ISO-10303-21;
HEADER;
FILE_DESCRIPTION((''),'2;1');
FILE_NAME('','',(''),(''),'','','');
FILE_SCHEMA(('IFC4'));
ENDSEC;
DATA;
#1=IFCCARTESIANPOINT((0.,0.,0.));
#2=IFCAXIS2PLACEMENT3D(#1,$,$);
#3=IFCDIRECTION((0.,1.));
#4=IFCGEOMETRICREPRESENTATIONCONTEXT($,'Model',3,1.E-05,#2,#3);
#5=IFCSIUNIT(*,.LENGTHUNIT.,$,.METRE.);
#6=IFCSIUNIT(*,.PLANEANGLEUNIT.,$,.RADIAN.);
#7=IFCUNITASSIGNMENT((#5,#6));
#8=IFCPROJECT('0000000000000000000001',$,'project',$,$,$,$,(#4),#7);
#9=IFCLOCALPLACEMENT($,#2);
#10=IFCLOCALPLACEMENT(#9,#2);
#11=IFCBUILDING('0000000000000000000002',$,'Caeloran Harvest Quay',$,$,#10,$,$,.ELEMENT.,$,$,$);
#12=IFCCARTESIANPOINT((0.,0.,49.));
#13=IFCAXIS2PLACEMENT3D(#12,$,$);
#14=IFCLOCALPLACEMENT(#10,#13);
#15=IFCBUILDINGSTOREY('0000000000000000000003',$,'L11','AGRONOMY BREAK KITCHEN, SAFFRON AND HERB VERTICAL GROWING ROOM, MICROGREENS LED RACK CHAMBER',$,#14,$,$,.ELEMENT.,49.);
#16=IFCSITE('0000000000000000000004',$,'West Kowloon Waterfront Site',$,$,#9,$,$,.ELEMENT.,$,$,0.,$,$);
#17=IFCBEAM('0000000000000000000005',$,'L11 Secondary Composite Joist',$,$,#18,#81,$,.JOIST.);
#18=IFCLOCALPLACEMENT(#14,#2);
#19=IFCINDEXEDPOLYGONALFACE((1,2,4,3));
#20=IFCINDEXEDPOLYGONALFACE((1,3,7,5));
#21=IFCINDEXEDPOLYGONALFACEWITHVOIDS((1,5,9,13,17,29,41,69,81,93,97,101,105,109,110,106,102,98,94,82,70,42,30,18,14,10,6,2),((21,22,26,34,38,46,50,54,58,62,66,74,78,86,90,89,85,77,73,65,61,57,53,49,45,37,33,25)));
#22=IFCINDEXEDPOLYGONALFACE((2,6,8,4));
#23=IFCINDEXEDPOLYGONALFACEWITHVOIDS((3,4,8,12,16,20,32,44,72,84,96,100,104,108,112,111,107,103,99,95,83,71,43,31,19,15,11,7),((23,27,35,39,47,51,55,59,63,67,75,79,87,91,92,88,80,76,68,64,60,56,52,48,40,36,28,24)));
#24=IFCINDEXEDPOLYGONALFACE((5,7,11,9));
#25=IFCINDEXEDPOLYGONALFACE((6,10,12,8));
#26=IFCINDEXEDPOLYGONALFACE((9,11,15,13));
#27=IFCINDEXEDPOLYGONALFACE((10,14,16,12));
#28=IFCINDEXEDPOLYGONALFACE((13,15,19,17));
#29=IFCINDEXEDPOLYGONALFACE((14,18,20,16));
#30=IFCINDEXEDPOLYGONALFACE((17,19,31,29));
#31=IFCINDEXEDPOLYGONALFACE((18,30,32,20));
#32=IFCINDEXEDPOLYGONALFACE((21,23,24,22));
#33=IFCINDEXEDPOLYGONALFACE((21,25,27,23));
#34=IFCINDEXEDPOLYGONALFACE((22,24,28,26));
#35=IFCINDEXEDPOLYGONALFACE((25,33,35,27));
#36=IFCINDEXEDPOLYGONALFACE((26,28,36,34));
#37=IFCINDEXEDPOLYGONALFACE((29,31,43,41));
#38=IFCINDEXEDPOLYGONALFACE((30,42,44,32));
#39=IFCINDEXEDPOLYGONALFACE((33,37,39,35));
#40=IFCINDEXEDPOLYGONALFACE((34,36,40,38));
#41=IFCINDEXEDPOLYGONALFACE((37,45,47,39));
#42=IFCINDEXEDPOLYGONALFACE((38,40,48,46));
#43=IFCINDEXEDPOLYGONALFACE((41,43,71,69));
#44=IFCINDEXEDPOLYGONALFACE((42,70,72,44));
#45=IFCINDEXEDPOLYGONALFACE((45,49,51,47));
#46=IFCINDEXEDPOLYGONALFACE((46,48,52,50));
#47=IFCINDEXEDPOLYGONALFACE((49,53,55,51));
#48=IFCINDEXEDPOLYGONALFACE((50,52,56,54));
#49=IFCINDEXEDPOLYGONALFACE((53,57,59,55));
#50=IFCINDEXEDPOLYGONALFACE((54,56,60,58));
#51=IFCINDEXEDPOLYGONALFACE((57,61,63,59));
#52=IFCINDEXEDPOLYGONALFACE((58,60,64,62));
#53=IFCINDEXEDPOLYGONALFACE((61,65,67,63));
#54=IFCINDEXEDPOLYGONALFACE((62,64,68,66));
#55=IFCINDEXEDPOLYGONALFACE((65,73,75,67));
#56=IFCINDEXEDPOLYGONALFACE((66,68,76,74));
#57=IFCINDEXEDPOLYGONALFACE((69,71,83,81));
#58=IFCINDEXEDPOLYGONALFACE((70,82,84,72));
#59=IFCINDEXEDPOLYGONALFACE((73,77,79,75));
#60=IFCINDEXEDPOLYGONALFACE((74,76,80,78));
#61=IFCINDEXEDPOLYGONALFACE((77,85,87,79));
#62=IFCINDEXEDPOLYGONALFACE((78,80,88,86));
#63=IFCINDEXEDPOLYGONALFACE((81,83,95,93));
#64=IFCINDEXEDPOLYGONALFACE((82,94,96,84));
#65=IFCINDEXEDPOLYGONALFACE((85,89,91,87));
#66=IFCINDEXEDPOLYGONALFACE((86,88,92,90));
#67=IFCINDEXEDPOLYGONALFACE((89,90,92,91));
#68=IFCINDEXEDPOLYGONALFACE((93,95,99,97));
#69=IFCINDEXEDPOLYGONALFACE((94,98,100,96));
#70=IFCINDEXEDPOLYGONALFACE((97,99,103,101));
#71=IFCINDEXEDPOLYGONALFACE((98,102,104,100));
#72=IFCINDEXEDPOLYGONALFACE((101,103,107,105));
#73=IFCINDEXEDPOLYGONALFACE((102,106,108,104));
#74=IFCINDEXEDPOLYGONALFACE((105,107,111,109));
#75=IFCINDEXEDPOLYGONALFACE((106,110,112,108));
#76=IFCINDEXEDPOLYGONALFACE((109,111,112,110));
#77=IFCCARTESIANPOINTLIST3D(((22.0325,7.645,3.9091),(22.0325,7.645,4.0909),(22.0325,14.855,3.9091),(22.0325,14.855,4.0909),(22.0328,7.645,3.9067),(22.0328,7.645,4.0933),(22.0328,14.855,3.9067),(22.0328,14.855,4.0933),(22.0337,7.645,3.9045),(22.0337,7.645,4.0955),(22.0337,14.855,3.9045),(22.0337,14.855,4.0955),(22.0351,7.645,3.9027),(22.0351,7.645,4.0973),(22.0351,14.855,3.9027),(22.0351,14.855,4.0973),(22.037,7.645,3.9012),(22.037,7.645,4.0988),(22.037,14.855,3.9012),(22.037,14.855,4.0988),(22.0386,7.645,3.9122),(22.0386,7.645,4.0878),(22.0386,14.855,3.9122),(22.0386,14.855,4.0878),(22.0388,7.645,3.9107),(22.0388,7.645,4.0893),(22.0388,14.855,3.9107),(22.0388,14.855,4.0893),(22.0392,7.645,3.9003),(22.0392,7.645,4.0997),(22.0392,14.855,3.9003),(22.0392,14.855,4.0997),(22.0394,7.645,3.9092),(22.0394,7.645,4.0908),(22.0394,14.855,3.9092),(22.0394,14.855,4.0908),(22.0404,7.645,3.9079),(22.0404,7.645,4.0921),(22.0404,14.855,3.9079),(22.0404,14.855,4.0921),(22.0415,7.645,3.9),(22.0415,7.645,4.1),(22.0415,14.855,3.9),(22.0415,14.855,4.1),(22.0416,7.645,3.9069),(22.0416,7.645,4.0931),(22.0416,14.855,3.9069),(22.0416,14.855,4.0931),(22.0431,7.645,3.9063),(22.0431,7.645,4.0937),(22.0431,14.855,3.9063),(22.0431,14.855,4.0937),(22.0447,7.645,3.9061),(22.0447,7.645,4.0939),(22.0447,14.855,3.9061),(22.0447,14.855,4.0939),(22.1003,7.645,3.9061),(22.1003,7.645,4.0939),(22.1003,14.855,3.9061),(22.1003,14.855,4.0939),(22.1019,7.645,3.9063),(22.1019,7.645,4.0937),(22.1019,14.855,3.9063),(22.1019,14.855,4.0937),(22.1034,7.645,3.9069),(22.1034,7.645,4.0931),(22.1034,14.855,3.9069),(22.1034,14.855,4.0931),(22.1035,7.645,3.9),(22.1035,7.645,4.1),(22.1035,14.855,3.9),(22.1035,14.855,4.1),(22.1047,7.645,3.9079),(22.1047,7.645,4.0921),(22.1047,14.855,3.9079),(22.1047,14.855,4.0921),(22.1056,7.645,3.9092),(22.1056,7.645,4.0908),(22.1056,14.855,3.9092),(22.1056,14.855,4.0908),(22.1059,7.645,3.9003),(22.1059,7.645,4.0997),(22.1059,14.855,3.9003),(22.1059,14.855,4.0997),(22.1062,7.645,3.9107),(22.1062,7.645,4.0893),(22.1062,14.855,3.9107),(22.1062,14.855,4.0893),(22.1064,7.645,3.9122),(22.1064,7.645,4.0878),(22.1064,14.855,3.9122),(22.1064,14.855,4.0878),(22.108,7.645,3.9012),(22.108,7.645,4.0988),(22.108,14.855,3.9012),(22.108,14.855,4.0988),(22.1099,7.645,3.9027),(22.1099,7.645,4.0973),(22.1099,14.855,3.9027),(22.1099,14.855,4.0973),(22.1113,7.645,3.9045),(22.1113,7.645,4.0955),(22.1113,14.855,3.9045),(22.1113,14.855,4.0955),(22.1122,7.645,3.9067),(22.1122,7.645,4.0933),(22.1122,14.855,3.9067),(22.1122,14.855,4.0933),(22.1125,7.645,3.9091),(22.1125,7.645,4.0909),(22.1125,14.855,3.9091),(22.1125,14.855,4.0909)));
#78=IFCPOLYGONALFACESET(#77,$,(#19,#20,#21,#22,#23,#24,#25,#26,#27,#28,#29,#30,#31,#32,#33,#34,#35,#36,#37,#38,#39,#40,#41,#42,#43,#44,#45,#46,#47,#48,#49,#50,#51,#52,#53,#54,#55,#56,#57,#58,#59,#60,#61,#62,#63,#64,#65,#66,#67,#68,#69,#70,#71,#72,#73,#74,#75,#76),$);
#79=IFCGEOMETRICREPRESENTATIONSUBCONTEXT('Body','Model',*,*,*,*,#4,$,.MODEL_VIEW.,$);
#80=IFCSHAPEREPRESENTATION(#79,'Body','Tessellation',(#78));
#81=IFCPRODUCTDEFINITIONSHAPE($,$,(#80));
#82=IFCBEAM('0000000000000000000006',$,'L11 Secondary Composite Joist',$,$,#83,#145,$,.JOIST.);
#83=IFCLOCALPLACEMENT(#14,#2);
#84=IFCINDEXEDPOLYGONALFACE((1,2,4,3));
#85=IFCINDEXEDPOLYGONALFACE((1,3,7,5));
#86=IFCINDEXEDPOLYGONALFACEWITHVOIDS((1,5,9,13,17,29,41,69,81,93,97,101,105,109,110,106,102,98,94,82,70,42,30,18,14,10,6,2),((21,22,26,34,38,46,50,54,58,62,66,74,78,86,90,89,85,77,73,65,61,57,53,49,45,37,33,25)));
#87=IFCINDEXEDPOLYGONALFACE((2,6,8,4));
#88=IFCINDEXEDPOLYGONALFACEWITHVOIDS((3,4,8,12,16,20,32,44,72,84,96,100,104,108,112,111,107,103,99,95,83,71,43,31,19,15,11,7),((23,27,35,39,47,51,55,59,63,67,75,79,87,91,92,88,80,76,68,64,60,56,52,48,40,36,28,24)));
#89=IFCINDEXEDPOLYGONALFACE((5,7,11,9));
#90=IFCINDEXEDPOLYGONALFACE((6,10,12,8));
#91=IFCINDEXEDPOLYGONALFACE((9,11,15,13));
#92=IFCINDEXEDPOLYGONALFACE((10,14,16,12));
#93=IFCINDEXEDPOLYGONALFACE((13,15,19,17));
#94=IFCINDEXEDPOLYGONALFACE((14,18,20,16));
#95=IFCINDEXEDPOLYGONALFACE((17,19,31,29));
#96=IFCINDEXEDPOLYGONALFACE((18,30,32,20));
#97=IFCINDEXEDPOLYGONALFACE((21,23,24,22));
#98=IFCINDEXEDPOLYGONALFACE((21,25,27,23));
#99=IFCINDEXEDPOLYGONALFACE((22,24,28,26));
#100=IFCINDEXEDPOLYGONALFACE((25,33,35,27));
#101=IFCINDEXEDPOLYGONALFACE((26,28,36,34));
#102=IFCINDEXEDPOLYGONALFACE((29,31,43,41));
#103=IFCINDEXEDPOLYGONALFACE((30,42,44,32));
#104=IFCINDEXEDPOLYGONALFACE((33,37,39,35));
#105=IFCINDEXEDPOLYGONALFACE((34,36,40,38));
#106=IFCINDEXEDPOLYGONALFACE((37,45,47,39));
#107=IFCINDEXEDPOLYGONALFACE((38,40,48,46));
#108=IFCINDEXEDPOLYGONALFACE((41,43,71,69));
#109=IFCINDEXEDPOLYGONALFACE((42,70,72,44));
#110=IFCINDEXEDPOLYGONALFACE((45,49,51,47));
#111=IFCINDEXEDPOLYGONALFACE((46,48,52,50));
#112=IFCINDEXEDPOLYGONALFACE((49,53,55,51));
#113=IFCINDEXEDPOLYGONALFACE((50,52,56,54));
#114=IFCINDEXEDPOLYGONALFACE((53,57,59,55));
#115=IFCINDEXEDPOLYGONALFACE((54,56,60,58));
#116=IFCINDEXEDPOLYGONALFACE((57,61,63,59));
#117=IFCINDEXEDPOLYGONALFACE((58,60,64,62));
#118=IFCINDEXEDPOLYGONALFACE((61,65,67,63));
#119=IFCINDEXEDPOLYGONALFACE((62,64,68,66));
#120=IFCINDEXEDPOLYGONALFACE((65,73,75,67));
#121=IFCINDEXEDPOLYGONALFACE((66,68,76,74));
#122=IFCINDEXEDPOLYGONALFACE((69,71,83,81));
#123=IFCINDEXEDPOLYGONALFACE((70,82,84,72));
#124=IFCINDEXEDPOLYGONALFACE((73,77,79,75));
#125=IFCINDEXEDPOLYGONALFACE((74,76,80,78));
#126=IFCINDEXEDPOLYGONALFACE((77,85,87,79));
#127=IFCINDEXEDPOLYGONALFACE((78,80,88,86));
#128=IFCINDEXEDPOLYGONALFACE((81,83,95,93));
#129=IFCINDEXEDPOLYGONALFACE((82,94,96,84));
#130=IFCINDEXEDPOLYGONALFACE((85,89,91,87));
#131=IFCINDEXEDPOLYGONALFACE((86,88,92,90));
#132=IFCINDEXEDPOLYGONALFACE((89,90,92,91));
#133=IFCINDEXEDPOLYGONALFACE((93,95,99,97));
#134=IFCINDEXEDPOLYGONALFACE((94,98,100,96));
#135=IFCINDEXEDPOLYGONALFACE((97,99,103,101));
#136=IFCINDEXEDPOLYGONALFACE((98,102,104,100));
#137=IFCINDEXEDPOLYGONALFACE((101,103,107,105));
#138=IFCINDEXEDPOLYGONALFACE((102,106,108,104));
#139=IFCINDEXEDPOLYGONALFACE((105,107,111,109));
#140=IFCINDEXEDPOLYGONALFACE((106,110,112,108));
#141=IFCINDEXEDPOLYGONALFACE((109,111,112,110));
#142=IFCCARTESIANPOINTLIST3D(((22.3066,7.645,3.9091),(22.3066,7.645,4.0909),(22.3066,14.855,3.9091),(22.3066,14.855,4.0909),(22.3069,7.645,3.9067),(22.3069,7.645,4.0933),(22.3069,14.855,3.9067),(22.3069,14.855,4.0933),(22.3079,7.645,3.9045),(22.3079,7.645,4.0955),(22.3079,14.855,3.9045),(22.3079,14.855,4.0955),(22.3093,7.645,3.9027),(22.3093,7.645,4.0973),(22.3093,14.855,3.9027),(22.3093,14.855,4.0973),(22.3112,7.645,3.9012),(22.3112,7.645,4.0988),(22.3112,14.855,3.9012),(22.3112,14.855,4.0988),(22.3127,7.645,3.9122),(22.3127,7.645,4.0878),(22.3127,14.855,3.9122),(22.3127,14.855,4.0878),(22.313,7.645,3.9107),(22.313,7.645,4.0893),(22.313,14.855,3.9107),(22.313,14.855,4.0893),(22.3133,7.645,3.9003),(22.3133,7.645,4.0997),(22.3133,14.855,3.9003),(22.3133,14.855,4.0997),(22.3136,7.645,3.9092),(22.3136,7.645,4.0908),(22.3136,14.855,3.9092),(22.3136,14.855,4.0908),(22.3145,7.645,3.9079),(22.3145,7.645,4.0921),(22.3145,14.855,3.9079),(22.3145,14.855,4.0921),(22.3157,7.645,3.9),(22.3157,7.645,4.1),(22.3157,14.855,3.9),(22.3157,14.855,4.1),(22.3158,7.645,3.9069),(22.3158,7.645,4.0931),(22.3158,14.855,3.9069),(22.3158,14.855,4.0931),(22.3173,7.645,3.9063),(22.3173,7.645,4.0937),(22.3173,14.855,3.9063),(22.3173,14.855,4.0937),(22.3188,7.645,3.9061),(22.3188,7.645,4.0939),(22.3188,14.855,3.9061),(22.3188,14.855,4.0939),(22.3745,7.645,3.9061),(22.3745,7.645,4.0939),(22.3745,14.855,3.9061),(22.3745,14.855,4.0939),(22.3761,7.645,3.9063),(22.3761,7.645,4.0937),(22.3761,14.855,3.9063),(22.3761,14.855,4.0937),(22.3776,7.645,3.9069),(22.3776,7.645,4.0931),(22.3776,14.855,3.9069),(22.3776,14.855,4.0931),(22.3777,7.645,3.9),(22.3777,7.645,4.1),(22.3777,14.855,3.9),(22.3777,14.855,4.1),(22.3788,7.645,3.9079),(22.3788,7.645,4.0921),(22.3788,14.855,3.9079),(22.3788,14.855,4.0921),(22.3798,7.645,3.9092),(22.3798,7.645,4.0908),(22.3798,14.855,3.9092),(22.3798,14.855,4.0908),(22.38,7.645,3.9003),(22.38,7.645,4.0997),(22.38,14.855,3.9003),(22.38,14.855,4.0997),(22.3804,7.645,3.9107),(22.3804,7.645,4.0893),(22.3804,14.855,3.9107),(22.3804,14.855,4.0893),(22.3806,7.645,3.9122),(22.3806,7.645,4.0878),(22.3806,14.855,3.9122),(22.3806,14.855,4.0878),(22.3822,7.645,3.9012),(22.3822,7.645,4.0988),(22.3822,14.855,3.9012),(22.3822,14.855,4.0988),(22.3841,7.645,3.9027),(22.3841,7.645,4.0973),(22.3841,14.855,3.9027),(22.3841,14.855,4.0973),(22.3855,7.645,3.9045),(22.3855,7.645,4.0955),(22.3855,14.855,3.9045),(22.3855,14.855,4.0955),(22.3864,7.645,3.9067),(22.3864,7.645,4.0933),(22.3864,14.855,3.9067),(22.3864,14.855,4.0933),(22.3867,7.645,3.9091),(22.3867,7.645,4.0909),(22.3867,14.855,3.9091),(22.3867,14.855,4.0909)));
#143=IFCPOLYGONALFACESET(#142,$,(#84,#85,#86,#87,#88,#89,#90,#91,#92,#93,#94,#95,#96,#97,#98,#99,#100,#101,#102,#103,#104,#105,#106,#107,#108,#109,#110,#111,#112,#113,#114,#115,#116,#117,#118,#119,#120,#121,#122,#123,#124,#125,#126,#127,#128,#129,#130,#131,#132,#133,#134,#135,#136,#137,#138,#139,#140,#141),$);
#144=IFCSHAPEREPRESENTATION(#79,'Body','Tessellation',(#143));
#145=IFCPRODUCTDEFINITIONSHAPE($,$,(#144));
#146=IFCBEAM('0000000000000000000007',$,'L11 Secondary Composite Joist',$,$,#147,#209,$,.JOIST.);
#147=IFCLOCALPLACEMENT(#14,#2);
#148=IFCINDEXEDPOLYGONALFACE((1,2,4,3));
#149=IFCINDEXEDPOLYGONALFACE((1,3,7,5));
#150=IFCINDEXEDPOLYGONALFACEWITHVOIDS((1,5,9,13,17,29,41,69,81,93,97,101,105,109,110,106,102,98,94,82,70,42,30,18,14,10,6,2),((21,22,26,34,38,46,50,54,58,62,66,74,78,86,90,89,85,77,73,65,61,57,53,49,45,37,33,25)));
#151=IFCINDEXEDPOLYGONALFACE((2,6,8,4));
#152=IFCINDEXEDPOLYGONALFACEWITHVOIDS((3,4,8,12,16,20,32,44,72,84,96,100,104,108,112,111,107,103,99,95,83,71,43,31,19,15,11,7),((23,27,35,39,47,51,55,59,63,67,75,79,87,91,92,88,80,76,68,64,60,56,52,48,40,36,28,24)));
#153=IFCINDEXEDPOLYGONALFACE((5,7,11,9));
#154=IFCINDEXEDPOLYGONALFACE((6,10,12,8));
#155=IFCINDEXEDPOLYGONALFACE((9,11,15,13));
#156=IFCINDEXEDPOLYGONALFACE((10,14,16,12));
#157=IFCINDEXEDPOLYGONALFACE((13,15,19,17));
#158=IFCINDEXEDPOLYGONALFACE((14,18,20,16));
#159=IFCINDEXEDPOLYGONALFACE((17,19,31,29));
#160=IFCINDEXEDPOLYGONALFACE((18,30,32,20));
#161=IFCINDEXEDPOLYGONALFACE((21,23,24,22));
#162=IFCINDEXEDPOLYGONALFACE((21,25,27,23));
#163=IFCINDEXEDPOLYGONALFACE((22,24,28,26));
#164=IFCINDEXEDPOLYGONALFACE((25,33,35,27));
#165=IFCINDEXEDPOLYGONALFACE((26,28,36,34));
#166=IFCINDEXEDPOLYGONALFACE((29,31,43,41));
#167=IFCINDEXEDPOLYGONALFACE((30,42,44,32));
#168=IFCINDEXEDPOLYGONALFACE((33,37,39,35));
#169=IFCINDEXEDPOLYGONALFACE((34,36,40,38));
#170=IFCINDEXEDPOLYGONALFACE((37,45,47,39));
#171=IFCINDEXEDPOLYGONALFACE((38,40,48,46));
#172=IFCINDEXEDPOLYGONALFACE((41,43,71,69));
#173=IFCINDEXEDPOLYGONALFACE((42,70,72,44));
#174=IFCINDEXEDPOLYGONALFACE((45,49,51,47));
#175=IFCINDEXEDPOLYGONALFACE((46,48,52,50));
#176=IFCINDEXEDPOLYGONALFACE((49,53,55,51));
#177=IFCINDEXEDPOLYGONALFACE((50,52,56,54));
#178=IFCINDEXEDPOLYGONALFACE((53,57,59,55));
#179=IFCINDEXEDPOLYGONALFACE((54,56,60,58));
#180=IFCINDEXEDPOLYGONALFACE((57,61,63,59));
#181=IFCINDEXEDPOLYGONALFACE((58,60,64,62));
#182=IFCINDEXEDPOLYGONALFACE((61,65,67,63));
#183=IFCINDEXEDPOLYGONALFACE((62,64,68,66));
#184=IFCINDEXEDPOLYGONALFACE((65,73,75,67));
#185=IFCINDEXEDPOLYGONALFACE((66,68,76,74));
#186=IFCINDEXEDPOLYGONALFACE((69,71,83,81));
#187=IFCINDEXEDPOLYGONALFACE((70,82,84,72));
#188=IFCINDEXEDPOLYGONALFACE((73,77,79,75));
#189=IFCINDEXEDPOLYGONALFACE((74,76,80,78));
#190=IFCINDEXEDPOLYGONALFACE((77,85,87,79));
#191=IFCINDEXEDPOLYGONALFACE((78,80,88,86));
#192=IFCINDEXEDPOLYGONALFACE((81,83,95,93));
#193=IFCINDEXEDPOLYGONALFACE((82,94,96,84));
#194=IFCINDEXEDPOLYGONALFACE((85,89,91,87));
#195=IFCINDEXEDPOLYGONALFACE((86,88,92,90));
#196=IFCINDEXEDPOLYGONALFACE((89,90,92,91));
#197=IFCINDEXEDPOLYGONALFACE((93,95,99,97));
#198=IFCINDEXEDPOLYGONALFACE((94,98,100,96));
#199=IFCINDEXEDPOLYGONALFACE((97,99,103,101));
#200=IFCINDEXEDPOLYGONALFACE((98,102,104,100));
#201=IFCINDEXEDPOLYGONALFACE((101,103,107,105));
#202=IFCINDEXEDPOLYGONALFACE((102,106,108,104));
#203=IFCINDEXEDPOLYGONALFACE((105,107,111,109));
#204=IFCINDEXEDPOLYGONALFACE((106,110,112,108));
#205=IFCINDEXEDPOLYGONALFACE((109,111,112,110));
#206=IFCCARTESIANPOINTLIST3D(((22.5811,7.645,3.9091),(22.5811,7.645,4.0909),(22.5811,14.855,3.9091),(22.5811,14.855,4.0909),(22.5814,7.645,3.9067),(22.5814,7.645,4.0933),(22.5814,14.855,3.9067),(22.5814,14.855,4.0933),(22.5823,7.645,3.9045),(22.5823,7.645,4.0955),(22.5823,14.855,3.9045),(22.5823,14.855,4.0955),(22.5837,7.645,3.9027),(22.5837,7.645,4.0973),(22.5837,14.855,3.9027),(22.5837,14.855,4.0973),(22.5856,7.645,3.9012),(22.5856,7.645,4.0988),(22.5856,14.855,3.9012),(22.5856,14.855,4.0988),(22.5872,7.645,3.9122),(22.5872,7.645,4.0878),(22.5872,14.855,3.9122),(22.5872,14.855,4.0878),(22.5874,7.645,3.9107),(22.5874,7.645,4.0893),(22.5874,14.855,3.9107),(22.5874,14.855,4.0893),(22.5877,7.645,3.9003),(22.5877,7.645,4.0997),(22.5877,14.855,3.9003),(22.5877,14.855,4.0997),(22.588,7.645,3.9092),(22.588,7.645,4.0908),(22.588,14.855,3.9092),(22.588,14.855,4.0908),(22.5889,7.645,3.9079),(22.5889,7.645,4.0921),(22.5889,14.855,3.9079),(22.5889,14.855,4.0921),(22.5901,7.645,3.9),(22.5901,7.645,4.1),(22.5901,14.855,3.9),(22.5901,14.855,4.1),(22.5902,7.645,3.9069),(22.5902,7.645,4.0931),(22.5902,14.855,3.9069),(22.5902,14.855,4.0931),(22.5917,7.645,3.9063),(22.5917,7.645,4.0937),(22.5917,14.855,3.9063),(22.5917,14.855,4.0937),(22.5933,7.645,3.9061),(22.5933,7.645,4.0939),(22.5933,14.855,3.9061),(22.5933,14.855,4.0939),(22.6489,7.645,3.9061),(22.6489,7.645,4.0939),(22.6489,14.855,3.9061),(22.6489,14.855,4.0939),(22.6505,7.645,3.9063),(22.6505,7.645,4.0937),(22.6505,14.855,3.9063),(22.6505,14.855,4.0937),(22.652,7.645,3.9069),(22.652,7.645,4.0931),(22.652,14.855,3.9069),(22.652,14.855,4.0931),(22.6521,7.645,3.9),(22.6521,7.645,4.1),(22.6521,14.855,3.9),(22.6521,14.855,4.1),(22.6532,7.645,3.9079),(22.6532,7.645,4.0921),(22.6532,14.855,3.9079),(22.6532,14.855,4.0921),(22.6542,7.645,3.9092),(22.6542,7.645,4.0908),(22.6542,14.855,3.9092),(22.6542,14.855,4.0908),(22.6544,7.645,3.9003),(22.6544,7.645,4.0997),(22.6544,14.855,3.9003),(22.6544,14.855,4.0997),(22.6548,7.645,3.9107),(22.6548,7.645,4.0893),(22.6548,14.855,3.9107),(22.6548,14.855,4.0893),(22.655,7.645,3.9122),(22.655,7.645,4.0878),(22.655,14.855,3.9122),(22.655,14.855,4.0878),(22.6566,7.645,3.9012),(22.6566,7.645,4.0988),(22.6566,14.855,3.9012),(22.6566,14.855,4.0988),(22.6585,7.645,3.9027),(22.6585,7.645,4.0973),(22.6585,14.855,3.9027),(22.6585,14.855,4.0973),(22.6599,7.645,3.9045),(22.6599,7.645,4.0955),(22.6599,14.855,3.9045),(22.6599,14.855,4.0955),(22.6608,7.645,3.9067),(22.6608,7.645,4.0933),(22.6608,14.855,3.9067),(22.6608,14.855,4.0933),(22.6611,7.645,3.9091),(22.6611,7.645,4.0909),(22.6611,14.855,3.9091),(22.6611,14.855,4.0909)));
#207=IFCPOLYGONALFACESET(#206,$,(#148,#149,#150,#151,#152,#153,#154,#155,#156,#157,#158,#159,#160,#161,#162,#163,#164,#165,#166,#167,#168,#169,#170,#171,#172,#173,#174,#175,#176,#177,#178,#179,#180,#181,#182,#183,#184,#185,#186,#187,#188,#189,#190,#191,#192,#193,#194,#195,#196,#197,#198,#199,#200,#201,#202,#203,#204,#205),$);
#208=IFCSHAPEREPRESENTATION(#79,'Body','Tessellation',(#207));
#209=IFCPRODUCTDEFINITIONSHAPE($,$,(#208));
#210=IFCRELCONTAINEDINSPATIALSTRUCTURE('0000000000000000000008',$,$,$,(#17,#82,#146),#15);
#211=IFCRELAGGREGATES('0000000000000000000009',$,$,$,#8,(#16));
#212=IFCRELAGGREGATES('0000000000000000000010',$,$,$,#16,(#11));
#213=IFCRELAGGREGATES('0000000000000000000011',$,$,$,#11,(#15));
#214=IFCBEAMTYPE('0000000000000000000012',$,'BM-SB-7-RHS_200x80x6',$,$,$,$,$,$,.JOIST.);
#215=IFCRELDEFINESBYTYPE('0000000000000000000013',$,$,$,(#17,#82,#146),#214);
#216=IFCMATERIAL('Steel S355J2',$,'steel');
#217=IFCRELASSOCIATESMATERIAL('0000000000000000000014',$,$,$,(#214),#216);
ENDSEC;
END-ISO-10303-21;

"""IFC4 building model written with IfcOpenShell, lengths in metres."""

from ifc_helpers import new_model, si_unit, direction, frame, origin, origin_2d, place, context, subcontext, project, spatial, hollow_rectangle, extrude, material, material_profile, profile_set, type_object, element, save


model = new_model("IFC4")

# Units and contexts
model_context = context("Model", 3, precision=1e-05, world=origin(), true_north=direction((0.0, 1.0)))
body_context = subcontext(model_context, "Body", "Model", "MODEL_VIEW")
ifc_project = project(units=[si_unit("LENGTHUNIT", "METRE"), si_unit("PLANEANGLEUNIT", "RADIAN")], contexts=[model_context])

# Site, building, storey
site_placement = place(None, origin())
site = spatial("IfcSite", under=ifc_project, at=site_placement, Name="West Kowloon Waterfront Site", CompositionType="ELEMENT", RefElevation=0.0)
building_placement = place(site_placement, origin())
building = spatial("IfcBuilding", under=site, at=building_placement, Name="Caeloran Harvest Quay", CompositionType="ELEMENT")
storey_placement = place(building_placement, frame((0.0, 0.0, 49.0)))
storey = spatial("IfcBuildingStorey", under=building, at=storey_placement, Name="L11", Description="AGRONOMY BREAK KITCHEN, SAFFRON AND HERB VERTICAL GROWING ROOM, MICROGREENS LED RACK CHAMBER", CompositionType="ELEMENT", Elevation=49.0)

# Beams
ifc_material_1 = material(Name="Steel S355J2", Category="steel")
ifc_material_profile_1 = material_profile(ifc_material_1, hollow_rectangle(XDim=0.0801, YDim=0.2, WallThickness=0.0061, InnerFilletRadius=0.0061, OuterFilletRadius=0.009, at=origin_2d()), Name="RHS 200x80x6")
ifc_profile_set_1 = profile_set([ifc_material_profile_1], Name="Steel S355J2")
beam_type_1 = type_object("IfcBeamType", Name="BM-SB-7-RHS_200x80x6", PredefinedType="JOIST", material=ifc_profile_set_1)
for number, where, z_axis, x_axis, name in (
    (1, (22.0725, 7.645, 4.0), (0.0, 1.0, 0.0), (-1.0, 0.0, 0.0), "L11 Secondary Composite Joist"),
    (2, (22.3467, 7.645, 4.0), (0.0, 1.0, 0.0), (-1.0, 0.0, 0.0), "L11 Secondary Composite Joist"),
    (3, (22.6211, 7.645, 4.0), (0.0, 1.0, 0.0), (-1.0, 0.0, 0.0), "L11 Secondary Composite Joist"),
):
    element("IfcBeam", number, at=place(storey_placement, frame(where, z_axis=z_axis, x_axis=x_axis)), inside=storey, type_object=beam_type_1, Name=name, PredefinedType="JOIST", context=body_context, shape_type="SweptSolid", body=[
        extrude(hollow_rectangle(XDim=0.0801, YDim=0.2, WallThickness=0.0061, InnerFilletRadius=0.0061, OuterFilletRadius=0.009, at=origin_2d()), origin(), (0.0, 0.0, 1.0), 7.21),
    ])

save(model, "model.ifc")
